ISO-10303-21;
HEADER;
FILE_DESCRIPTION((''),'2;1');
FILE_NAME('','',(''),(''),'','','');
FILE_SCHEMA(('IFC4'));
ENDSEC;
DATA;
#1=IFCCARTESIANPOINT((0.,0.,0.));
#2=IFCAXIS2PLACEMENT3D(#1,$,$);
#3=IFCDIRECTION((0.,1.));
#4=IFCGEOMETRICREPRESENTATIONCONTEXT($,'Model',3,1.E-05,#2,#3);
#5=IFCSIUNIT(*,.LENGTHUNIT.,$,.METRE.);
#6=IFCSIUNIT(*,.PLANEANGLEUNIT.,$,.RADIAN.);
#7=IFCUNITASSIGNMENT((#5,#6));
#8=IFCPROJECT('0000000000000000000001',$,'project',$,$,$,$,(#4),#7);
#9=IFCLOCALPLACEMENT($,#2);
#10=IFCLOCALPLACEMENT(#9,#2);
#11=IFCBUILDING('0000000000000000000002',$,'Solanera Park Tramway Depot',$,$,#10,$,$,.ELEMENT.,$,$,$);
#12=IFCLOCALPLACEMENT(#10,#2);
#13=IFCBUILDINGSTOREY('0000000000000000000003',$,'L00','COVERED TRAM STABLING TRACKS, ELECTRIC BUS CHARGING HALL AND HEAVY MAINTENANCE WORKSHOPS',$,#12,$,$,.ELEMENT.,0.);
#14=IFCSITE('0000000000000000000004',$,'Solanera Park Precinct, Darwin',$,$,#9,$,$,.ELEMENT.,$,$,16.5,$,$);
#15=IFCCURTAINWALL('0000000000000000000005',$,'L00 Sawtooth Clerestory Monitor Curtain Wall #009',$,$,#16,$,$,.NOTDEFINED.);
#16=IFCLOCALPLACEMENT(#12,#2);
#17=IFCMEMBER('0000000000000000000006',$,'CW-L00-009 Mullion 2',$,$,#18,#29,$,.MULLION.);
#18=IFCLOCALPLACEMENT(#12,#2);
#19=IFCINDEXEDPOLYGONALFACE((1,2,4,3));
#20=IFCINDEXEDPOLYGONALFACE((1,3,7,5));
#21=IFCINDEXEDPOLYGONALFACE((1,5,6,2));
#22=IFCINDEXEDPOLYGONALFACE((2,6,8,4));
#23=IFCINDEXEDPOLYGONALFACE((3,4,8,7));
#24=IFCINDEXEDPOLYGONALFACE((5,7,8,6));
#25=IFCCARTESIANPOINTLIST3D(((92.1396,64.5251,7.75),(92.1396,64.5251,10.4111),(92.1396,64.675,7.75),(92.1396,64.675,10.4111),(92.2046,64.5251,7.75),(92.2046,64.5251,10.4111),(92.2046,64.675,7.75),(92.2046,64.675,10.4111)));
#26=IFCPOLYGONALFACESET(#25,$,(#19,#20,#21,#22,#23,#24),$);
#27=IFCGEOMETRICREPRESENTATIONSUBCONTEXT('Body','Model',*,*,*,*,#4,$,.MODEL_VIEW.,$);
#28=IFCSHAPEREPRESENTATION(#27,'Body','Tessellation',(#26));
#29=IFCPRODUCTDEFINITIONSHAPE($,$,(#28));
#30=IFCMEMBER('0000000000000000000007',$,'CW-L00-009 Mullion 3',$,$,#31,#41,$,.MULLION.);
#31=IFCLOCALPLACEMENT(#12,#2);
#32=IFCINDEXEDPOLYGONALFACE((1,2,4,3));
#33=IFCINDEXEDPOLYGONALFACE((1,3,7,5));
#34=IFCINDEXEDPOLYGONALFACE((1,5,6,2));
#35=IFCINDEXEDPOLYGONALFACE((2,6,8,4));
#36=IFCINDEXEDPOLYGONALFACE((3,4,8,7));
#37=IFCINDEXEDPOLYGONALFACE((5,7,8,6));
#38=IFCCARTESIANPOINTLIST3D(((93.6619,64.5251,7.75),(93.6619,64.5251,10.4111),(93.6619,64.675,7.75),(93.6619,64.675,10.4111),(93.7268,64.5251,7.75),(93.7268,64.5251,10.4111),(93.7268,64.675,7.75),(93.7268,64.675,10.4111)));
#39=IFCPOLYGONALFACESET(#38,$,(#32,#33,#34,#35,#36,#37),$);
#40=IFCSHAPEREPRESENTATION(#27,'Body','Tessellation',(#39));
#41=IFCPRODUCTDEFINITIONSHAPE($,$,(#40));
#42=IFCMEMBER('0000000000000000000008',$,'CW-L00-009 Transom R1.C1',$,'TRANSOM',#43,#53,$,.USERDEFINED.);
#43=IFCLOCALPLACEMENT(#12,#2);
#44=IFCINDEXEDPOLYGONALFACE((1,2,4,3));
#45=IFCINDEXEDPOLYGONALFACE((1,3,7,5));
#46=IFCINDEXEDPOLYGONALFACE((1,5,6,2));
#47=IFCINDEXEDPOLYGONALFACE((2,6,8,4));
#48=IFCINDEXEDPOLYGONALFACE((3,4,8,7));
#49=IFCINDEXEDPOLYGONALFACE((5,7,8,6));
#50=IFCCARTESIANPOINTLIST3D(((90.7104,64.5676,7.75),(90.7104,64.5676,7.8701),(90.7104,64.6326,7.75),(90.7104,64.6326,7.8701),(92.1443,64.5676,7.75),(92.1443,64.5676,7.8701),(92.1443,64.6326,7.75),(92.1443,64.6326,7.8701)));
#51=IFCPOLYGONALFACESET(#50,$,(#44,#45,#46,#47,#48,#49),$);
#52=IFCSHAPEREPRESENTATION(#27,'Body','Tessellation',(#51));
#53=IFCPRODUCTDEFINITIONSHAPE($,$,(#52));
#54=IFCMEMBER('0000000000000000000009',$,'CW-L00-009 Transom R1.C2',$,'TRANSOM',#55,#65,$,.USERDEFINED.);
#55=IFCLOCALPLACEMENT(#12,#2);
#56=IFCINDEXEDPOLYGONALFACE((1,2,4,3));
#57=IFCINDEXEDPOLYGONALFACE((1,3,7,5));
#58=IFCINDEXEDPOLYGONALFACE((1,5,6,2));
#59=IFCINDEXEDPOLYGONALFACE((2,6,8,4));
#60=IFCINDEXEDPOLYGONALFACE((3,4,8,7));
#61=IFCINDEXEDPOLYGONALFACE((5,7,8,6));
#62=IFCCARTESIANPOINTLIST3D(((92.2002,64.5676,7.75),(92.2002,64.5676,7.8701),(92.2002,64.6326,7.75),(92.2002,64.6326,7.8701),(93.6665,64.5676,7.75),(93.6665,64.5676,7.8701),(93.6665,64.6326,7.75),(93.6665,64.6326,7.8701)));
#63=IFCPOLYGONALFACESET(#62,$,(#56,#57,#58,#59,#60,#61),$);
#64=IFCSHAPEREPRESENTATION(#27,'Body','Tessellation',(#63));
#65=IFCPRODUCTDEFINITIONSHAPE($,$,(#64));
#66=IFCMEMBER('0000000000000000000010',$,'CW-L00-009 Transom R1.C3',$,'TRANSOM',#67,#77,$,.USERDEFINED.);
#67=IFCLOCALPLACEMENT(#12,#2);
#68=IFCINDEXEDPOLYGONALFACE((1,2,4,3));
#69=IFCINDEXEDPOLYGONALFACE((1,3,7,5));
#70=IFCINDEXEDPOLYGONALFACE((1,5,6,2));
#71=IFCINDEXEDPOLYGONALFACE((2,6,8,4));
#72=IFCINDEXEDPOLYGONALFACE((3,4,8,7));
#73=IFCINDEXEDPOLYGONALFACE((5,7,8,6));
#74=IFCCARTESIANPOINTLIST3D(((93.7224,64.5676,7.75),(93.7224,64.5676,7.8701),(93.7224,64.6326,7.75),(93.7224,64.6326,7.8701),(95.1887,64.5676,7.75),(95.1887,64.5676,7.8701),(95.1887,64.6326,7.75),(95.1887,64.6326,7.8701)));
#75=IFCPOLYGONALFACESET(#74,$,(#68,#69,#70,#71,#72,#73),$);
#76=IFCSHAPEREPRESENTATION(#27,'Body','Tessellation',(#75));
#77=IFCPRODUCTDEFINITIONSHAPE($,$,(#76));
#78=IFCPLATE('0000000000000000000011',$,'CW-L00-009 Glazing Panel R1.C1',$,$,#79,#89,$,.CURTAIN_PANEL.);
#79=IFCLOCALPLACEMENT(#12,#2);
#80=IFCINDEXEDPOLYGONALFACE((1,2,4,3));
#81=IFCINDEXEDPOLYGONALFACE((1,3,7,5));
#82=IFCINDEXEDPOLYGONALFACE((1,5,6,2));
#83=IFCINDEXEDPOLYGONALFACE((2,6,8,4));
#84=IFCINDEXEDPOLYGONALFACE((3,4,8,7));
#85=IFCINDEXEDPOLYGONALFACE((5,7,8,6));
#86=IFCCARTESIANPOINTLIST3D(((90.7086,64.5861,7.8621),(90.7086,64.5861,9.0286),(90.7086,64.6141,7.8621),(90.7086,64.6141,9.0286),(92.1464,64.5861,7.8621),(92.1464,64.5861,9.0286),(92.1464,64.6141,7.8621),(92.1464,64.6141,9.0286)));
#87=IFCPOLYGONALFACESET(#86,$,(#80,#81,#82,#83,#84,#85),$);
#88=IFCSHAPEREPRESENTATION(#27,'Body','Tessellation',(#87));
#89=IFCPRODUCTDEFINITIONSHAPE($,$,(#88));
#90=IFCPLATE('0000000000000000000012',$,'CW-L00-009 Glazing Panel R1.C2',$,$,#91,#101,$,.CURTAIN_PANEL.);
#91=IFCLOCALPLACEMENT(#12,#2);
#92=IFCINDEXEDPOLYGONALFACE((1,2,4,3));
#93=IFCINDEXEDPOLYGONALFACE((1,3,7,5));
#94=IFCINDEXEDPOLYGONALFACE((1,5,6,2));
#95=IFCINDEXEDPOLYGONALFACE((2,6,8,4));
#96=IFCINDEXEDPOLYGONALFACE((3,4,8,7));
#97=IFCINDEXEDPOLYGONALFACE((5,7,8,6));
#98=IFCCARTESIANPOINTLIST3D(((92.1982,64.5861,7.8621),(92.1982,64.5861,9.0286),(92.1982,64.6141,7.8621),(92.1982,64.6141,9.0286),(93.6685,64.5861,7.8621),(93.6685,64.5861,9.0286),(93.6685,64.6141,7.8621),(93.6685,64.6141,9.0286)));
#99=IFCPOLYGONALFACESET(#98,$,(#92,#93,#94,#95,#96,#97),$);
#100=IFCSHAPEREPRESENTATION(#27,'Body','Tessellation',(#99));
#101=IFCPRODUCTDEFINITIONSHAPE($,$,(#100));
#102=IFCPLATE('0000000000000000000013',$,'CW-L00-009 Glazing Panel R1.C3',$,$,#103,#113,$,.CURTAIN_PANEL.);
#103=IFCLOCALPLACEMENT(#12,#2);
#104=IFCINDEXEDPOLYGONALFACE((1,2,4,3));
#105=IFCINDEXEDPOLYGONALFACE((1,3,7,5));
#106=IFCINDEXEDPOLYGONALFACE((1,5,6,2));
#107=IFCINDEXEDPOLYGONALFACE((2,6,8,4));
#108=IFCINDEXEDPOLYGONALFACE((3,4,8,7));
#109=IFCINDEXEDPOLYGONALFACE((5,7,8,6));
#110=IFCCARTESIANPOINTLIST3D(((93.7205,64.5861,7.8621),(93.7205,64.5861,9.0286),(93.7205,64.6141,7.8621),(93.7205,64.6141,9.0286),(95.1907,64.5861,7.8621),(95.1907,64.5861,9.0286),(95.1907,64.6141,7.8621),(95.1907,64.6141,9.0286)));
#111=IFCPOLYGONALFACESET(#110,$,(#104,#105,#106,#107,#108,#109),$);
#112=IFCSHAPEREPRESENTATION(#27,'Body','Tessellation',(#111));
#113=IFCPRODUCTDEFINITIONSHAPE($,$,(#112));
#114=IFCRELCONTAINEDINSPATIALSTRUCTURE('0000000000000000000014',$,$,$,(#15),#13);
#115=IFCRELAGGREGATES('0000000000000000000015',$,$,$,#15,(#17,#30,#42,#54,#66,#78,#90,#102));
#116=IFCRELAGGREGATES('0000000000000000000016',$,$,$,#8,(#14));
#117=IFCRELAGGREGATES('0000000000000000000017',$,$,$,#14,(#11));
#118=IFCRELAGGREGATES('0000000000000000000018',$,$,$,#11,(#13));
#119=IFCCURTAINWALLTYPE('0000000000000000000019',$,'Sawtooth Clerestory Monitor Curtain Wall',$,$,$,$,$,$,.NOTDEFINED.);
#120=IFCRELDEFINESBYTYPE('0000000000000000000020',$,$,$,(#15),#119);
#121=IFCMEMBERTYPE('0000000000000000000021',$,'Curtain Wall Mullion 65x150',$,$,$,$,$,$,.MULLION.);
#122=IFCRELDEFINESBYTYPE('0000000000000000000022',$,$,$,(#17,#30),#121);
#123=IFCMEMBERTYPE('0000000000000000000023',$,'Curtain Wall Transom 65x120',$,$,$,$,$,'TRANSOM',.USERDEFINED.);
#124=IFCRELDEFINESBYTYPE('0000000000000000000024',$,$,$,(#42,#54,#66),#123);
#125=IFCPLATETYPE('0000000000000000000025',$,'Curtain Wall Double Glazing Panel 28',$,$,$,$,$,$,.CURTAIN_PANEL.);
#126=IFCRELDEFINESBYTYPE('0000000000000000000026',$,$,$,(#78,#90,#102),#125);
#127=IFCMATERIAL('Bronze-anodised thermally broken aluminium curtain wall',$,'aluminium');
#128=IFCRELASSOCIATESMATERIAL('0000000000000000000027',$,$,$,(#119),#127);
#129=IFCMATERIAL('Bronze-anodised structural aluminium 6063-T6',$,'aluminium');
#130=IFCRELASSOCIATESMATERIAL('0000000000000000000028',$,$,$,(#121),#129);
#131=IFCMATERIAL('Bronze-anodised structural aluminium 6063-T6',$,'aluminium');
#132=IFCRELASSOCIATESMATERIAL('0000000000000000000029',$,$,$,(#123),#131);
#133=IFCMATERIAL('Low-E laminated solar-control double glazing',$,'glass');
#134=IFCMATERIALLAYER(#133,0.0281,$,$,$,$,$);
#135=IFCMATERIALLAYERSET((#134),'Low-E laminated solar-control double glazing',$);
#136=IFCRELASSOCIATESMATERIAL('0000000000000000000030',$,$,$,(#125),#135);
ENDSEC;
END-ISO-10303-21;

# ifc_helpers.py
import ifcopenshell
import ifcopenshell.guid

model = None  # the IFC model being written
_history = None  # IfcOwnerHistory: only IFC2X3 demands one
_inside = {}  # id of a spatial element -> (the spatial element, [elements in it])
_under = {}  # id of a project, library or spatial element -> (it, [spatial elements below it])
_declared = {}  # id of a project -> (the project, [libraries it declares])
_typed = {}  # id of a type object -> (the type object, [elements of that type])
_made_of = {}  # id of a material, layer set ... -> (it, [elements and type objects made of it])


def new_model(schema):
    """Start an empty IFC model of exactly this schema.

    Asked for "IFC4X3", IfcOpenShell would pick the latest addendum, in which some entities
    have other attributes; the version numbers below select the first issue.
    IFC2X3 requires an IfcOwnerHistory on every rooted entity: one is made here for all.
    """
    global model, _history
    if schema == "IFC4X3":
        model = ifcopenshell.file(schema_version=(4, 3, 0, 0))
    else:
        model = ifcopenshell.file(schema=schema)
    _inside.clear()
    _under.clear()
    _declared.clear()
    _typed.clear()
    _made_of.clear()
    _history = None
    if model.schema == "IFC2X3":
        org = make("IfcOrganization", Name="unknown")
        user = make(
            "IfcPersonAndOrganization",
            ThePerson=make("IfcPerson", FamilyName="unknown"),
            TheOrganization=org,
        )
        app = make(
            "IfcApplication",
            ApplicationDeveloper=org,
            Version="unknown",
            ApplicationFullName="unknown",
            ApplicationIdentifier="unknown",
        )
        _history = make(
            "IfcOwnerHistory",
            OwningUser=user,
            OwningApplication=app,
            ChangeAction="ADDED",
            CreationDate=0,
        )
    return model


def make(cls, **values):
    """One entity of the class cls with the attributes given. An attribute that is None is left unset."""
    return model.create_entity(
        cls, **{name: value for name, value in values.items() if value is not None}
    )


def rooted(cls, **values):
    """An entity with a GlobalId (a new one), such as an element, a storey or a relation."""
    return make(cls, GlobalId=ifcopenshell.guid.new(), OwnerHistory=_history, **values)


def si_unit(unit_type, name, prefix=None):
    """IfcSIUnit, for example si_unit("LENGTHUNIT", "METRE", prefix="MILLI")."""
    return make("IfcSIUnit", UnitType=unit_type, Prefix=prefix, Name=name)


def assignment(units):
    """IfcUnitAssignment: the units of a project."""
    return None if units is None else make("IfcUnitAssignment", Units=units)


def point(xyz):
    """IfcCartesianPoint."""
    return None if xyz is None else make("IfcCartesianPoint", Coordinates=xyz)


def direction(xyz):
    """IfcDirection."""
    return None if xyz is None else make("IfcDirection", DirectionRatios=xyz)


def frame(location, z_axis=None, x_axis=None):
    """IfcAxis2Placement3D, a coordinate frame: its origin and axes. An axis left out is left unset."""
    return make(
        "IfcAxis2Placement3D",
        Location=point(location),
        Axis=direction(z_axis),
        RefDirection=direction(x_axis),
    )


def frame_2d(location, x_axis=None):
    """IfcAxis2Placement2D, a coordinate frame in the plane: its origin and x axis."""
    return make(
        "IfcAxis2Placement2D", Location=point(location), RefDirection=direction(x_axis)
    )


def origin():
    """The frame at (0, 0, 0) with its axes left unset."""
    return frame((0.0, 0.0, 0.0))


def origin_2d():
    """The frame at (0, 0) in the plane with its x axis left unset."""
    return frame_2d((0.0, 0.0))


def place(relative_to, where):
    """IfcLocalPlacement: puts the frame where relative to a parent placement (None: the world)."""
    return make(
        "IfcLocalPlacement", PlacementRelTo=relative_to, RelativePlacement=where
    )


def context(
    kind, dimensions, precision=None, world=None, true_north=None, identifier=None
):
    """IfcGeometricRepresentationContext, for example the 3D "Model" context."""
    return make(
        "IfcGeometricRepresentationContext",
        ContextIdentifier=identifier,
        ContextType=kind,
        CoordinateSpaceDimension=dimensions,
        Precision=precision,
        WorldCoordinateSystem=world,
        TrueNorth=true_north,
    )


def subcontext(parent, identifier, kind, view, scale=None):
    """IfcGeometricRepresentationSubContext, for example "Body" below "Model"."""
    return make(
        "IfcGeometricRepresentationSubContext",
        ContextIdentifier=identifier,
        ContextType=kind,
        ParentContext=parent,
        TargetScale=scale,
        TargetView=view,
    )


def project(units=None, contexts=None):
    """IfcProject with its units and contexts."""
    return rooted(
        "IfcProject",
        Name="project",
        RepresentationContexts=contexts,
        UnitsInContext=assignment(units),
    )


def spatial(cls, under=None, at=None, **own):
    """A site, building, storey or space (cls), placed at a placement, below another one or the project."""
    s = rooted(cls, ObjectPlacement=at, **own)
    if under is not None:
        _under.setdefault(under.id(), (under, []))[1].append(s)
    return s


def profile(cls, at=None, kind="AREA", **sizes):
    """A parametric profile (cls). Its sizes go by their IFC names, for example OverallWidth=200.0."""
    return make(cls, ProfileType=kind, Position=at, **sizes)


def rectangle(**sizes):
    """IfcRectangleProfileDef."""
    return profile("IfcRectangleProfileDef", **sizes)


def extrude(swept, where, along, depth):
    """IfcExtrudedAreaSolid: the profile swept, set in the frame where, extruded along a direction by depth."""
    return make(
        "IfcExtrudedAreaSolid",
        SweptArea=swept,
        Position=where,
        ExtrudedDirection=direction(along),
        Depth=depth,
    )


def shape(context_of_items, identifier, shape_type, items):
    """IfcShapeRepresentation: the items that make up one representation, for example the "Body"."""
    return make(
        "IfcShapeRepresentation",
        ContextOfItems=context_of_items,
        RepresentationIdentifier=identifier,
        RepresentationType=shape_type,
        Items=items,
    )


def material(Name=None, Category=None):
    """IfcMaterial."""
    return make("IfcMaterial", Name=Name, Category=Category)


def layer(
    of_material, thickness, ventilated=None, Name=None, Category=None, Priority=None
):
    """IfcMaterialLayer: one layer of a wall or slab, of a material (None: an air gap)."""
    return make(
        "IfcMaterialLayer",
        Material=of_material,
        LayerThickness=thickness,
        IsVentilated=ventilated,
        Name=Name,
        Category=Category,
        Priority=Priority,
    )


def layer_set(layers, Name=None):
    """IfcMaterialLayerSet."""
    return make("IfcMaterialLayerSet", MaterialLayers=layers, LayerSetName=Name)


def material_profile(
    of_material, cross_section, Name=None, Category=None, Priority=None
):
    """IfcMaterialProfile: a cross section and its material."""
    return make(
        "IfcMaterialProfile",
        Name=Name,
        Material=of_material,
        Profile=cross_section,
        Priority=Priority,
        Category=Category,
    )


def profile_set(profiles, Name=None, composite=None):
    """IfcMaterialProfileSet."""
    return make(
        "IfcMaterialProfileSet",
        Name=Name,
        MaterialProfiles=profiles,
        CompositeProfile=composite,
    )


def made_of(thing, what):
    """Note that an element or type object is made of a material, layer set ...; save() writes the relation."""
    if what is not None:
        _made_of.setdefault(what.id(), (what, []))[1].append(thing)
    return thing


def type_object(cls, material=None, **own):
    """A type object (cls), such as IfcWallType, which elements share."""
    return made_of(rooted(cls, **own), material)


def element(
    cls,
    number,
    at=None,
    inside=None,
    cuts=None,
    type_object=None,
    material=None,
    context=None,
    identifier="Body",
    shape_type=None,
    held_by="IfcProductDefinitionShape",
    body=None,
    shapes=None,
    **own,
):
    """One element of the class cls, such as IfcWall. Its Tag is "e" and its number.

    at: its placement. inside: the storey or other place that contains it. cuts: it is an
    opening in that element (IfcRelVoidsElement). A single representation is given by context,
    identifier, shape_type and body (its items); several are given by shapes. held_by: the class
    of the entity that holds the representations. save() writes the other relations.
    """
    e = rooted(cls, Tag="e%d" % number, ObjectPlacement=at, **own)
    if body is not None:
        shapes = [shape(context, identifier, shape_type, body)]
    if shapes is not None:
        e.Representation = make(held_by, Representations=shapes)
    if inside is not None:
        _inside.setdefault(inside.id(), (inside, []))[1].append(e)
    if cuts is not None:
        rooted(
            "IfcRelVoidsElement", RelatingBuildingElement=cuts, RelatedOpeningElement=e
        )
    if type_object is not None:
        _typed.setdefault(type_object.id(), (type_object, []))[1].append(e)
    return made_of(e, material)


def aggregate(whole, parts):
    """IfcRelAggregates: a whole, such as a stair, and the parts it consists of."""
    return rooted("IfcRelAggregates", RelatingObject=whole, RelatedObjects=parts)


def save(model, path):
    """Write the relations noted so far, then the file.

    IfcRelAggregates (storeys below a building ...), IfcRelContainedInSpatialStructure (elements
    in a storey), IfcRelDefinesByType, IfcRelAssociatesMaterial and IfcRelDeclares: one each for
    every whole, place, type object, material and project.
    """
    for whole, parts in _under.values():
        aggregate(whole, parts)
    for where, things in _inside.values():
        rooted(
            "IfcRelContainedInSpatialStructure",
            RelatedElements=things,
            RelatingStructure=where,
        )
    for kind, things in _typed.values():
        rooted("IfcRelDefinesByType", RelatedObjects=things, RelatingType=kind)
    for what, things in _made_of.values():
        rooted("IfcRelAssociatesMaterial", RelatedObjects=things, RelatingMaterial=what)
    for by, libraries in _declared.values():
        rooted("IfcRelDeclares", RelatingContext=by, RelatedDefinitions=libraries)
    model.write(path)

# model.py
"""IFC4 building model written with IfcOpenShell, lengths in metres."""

from ifc_helpers import new_model, si_unit, direction, frame, origin, origin_2d, place, context, subcontext, project, spatial, rectangle, extrude, material, layer, layer_set, material_profile, profile_set, type_object, element, aggregate, save


model = new_model("IFC4")

# Units and contexts
model_context = context("Model", 3, precision=1e-05, world=origin(), true_north=direction((0.0, 1.0)))
body_context = subcontext(model_context, "Body", "Model", "MODEL_VIEW")
ifc_project = project(units=[si_unit("LENGTHUNIT", "METRE"), si_unit("PLANEANGLEUNIT", "RADIAN")], contexts=[model_context])

# Site, building, storey
site_placement = place(None, origin())
site = spatial("IfcSite", under=ifc_project, at=site_placement, Name="Solanera Park Precinct, Darwin", CompositionType="ELEMENT", RefElevation=16.5)
building_placement = place(site_placement, origin())
building = spatial("IfcBuilding", under=site, at=building_placement, Name="Solanera Park Tramway Depot", CompositionType="ELEMENT")
storey_placement = place(building_placement, origin())
storey = spatial("IfcBuildingStorey", under=building, at=storey_placement, Name="L00", Description="COVERED TRAM STABLING TRACKS, ELECTRIC BUS CHARGING HALL AND HEAVY MAINTENANCE WORKSHOPS", CompositionType="ELEMENT", Elevation=0.0)

# Curtain wall, members, plates
ifc_material_1 = material(Name="Bronze-anodised thermally broken aluminium curtain wall", Category="aluminium")
curtain_wall_type = type_object("IfcCurtainWallType", Name="Sawtooth Clerestory Monitor Curtain Wall", PredefinedType="NOTDEFINED", material=ifc_material_1)
curtain_wall_placement = place(storey_placement, origin())
curtain_wall = element("IfcCurtainWall", 1, at=curtain_wall_placement, inside=storey, type_object=curtain_wall_type, Name="L00 Sawtooth Clerestory Monitor Curtain Wall #009", PredefinedType="NOTDEFINED")
ifc_material_2 = material(Name="Bronze-anodised structural aluminium 6063-T6", Category="aluminium")
ifc_material_profile_1 = material_profile(ifc_material_2, rectangle(XDim=0.0649, YDim=0.1499, at=origin_2d()), Name="Curtain Wall Mullion 65x150")
ifc_profile_set_1 = profile_set([ifc_material_profile_1], Name="Bronze-anodised structural aluminium 6063-T6")
member_type_1 = type_object("IfcMemberType", Name="Curtain Wall Mullion 65x150", PredefinedType="MULLION", material=ifc_profile_set_1)
member_1_placement = place(storey_placement, frame((92.1721, 64.6001, 7.75), z_axis=(0.0, 0.0, 1.0), x_axis=(1.0, 0.0, 0.0)))
member_1 = element("IfcMember", 2, at=member_1_placement, type_object=member_type_1, Name="CW-L00-009 Mullion 2", PredefinedType="MULLION", context=body_context, shape_type="SweptSolid", body=[
    extrude(rectangle(XDim=0.0649, YDim=0.1499, at=origin_2d()), origin(), (0.0, 0.0, 1.0), 2.6611),
])
member_2_placement = place(storey_placement, frame((93.6943, 64.6001, 7.75), z_axis=(0.0, 0.0, 1.0), x_axis=(1.0, 0.0, 0.0)))
member_2 = element("IfcMember", 3, at=member_2_placement, type_object=member_type_1, Name="CW-L00-009 Mullion 3", PredefinedType="MULLION", context=body_context, shape_type="SweptSolid", body=[
    extrude(rectangle(XDim=0.0649, YDim=0.1499, at=origin_2d()), origin(), (0.0, 0.0, 1.0), 2.6611),
])
ifc_material_3 = material(Name="Bronze-anodised structural aluminium 6063-T6", Category="aluminium")
ifc_material_profile_2 = material_profile(ifc_material_3, rectangle(XDim=0.0649, YDim=0.1201, at=origin_2d()), Name="Curtain Wall Transom 65x120")
ifc_profile_set_2 = profile_set([ifc_material_profile_2], Name="Bronze-anodised structural aluminium 6063-T6")
member_type_2 = type_object("IfcMemberType", Name="Curtain Wall Transom 65x120", ElementType="TRANSOM", PredefinedType="USERDEFINED", material=ifc_profile_set_2)
member_3_placement = place(storey_placement, frame((90.7104, 64.6001, 7.8101), z_axis=(1.0, 0.0, 0.0), x_axis=(0.0, 1.0, 0.0)))
member_3 = element("IfcMember", 4, at=member_3_placement, type_object=member_type_2, Name="CW-L00-009 Transom R1.C1", ObjectType="TRANSOM", PredefinedType="USERDEFINED", context=body_context, shape_type="SweptSolid", body=[
    extrude(rectangle(XDim=0.0649, YDim=0.1201, at=origin_2d()), origin(), (0.0, 0.0, 1.0), 1.4338),
])
member_4_placement = place(storey_placement, frame((92.2002, 64.6001, 7.8101), z_axis=(1.0, 0.0, 0.0), x_axis=(0.0, 1.0, 0.0)))
member_4 = element("IfcMember", 5, at=member_4_placement, type_object=member_type_2, Name="CW-L00-009 Transom R1.C2", ObjectType="TRANSOM", PredefinedType="USERDEFINED", context=body_context, shape_type="SweptSolid", body=[
    extrude(rectangle(XDim=0.0649, YDim=0.1201, at=origin_2d()), origin(), (0.0, 0.0, 1.0), 1.4663),
])
member_5_placement = place(storey_placement, frame((93.7224, 64.6001, 7.8101), z_axis=(1.0, 0.0, 0.0), x_axis=(0.0, 1.0, 0.0)))
member_5 = element("IfcMember", 6, at=member_5_placement, type_object=member_type_2, Name="CW-L00-009 Transom R1.C3", ObjectType="TRANSOM", PredefinedType="USERDEFINED", context=body_context, shape_type="SweptSolid", body=[
    extrude(rectangle(XDim=0.0649, YDim=0.1201, at=origin_2d()), origin(), (0.0, 0.0, 1.0), 1.4663),
])
ifc_material_4 = material(Name="Low-E laminated solar-control double glazing", Category="glass")
ifc_layer = layer(ifc_material_4, 0.0281)
ifc_layer_set = layer_set([ifc_layer], Name="Low-E laminated solar-control double glazing")
plate_type = type_object("IfcPlateType", Name="Curtain Wall Double Glazing Panel 28", PredefinedType="CURTAIN_PANEL", material=ifc_layer_set)
plate_1_placement = place(storey_placement, frame((91.4275, 64.6001, 7.8621), z_axis=(0.0, 0.0, 1.0), x_axis=(1.0, 0.0, 0.0)))
plate_1 = element("IfcPlate", 7, at=plate_1_placement, type_object=plate_type, Name="CW-L00-009 Glazing Panel R1.C1", PredefinedType="CURTAIN_PANEL", context=body_context, shape_type="SweptSolid", body=[
    extrude(rectangle(XDim=1.4377, YDim=0.0281, at=origin_2d()), origin(), (0.0, 0.0, 1.0), 1.1665),
])
plate_2_placement = place(storey_placement, frame((92.9333, 64.6001, 7.8621), z_axis=(0.0, 0.0, 1.0), x_axis=(1.0, 0.0, 0.0)))
plate_2 = element("IfcPlate", 8, at=plate_2_placement, type_object=plate_type, Name="CW-L00-009 Glazing Panel R1.C2", PredefinedType="CURTAIN_PANEL", context=body_context, shape_type="SweptSolid", body=[
    extrude(rectangle(XDim=1.4702, YDim=0.0281, at=origin_2d()), origin(), (0.0, 0.0, 1.0), 1.1665),
])
plate_3_placement = place(storey_placement, frame((94.4556, 64.6001, 7.8621), z_axis=(0.0, 0.0, 1.0), x_axis=(1.0, 0.0, 0.0)))
plate_3 = element("IfcPlate", 9, at=plate_3_placement, type_object=plate_type, Name="CW-L00-009 Glazing Panel R1.C3", PredefinedType="CURTAIN_PANEL", context=body_context, shape_type="SweptSolid", body=[
    extrude(rectangle(XDim=1.4702, YDim=0.0281, at=origin_2d()), origin(), (0.0, 0.0, 1.0), 1.1665),
])
aggregate(curtain_wall, [member_1, member_2, member_3, member_4, member_5, plate_1, plate_2, plate_3])

save(model, "model.ifc")
